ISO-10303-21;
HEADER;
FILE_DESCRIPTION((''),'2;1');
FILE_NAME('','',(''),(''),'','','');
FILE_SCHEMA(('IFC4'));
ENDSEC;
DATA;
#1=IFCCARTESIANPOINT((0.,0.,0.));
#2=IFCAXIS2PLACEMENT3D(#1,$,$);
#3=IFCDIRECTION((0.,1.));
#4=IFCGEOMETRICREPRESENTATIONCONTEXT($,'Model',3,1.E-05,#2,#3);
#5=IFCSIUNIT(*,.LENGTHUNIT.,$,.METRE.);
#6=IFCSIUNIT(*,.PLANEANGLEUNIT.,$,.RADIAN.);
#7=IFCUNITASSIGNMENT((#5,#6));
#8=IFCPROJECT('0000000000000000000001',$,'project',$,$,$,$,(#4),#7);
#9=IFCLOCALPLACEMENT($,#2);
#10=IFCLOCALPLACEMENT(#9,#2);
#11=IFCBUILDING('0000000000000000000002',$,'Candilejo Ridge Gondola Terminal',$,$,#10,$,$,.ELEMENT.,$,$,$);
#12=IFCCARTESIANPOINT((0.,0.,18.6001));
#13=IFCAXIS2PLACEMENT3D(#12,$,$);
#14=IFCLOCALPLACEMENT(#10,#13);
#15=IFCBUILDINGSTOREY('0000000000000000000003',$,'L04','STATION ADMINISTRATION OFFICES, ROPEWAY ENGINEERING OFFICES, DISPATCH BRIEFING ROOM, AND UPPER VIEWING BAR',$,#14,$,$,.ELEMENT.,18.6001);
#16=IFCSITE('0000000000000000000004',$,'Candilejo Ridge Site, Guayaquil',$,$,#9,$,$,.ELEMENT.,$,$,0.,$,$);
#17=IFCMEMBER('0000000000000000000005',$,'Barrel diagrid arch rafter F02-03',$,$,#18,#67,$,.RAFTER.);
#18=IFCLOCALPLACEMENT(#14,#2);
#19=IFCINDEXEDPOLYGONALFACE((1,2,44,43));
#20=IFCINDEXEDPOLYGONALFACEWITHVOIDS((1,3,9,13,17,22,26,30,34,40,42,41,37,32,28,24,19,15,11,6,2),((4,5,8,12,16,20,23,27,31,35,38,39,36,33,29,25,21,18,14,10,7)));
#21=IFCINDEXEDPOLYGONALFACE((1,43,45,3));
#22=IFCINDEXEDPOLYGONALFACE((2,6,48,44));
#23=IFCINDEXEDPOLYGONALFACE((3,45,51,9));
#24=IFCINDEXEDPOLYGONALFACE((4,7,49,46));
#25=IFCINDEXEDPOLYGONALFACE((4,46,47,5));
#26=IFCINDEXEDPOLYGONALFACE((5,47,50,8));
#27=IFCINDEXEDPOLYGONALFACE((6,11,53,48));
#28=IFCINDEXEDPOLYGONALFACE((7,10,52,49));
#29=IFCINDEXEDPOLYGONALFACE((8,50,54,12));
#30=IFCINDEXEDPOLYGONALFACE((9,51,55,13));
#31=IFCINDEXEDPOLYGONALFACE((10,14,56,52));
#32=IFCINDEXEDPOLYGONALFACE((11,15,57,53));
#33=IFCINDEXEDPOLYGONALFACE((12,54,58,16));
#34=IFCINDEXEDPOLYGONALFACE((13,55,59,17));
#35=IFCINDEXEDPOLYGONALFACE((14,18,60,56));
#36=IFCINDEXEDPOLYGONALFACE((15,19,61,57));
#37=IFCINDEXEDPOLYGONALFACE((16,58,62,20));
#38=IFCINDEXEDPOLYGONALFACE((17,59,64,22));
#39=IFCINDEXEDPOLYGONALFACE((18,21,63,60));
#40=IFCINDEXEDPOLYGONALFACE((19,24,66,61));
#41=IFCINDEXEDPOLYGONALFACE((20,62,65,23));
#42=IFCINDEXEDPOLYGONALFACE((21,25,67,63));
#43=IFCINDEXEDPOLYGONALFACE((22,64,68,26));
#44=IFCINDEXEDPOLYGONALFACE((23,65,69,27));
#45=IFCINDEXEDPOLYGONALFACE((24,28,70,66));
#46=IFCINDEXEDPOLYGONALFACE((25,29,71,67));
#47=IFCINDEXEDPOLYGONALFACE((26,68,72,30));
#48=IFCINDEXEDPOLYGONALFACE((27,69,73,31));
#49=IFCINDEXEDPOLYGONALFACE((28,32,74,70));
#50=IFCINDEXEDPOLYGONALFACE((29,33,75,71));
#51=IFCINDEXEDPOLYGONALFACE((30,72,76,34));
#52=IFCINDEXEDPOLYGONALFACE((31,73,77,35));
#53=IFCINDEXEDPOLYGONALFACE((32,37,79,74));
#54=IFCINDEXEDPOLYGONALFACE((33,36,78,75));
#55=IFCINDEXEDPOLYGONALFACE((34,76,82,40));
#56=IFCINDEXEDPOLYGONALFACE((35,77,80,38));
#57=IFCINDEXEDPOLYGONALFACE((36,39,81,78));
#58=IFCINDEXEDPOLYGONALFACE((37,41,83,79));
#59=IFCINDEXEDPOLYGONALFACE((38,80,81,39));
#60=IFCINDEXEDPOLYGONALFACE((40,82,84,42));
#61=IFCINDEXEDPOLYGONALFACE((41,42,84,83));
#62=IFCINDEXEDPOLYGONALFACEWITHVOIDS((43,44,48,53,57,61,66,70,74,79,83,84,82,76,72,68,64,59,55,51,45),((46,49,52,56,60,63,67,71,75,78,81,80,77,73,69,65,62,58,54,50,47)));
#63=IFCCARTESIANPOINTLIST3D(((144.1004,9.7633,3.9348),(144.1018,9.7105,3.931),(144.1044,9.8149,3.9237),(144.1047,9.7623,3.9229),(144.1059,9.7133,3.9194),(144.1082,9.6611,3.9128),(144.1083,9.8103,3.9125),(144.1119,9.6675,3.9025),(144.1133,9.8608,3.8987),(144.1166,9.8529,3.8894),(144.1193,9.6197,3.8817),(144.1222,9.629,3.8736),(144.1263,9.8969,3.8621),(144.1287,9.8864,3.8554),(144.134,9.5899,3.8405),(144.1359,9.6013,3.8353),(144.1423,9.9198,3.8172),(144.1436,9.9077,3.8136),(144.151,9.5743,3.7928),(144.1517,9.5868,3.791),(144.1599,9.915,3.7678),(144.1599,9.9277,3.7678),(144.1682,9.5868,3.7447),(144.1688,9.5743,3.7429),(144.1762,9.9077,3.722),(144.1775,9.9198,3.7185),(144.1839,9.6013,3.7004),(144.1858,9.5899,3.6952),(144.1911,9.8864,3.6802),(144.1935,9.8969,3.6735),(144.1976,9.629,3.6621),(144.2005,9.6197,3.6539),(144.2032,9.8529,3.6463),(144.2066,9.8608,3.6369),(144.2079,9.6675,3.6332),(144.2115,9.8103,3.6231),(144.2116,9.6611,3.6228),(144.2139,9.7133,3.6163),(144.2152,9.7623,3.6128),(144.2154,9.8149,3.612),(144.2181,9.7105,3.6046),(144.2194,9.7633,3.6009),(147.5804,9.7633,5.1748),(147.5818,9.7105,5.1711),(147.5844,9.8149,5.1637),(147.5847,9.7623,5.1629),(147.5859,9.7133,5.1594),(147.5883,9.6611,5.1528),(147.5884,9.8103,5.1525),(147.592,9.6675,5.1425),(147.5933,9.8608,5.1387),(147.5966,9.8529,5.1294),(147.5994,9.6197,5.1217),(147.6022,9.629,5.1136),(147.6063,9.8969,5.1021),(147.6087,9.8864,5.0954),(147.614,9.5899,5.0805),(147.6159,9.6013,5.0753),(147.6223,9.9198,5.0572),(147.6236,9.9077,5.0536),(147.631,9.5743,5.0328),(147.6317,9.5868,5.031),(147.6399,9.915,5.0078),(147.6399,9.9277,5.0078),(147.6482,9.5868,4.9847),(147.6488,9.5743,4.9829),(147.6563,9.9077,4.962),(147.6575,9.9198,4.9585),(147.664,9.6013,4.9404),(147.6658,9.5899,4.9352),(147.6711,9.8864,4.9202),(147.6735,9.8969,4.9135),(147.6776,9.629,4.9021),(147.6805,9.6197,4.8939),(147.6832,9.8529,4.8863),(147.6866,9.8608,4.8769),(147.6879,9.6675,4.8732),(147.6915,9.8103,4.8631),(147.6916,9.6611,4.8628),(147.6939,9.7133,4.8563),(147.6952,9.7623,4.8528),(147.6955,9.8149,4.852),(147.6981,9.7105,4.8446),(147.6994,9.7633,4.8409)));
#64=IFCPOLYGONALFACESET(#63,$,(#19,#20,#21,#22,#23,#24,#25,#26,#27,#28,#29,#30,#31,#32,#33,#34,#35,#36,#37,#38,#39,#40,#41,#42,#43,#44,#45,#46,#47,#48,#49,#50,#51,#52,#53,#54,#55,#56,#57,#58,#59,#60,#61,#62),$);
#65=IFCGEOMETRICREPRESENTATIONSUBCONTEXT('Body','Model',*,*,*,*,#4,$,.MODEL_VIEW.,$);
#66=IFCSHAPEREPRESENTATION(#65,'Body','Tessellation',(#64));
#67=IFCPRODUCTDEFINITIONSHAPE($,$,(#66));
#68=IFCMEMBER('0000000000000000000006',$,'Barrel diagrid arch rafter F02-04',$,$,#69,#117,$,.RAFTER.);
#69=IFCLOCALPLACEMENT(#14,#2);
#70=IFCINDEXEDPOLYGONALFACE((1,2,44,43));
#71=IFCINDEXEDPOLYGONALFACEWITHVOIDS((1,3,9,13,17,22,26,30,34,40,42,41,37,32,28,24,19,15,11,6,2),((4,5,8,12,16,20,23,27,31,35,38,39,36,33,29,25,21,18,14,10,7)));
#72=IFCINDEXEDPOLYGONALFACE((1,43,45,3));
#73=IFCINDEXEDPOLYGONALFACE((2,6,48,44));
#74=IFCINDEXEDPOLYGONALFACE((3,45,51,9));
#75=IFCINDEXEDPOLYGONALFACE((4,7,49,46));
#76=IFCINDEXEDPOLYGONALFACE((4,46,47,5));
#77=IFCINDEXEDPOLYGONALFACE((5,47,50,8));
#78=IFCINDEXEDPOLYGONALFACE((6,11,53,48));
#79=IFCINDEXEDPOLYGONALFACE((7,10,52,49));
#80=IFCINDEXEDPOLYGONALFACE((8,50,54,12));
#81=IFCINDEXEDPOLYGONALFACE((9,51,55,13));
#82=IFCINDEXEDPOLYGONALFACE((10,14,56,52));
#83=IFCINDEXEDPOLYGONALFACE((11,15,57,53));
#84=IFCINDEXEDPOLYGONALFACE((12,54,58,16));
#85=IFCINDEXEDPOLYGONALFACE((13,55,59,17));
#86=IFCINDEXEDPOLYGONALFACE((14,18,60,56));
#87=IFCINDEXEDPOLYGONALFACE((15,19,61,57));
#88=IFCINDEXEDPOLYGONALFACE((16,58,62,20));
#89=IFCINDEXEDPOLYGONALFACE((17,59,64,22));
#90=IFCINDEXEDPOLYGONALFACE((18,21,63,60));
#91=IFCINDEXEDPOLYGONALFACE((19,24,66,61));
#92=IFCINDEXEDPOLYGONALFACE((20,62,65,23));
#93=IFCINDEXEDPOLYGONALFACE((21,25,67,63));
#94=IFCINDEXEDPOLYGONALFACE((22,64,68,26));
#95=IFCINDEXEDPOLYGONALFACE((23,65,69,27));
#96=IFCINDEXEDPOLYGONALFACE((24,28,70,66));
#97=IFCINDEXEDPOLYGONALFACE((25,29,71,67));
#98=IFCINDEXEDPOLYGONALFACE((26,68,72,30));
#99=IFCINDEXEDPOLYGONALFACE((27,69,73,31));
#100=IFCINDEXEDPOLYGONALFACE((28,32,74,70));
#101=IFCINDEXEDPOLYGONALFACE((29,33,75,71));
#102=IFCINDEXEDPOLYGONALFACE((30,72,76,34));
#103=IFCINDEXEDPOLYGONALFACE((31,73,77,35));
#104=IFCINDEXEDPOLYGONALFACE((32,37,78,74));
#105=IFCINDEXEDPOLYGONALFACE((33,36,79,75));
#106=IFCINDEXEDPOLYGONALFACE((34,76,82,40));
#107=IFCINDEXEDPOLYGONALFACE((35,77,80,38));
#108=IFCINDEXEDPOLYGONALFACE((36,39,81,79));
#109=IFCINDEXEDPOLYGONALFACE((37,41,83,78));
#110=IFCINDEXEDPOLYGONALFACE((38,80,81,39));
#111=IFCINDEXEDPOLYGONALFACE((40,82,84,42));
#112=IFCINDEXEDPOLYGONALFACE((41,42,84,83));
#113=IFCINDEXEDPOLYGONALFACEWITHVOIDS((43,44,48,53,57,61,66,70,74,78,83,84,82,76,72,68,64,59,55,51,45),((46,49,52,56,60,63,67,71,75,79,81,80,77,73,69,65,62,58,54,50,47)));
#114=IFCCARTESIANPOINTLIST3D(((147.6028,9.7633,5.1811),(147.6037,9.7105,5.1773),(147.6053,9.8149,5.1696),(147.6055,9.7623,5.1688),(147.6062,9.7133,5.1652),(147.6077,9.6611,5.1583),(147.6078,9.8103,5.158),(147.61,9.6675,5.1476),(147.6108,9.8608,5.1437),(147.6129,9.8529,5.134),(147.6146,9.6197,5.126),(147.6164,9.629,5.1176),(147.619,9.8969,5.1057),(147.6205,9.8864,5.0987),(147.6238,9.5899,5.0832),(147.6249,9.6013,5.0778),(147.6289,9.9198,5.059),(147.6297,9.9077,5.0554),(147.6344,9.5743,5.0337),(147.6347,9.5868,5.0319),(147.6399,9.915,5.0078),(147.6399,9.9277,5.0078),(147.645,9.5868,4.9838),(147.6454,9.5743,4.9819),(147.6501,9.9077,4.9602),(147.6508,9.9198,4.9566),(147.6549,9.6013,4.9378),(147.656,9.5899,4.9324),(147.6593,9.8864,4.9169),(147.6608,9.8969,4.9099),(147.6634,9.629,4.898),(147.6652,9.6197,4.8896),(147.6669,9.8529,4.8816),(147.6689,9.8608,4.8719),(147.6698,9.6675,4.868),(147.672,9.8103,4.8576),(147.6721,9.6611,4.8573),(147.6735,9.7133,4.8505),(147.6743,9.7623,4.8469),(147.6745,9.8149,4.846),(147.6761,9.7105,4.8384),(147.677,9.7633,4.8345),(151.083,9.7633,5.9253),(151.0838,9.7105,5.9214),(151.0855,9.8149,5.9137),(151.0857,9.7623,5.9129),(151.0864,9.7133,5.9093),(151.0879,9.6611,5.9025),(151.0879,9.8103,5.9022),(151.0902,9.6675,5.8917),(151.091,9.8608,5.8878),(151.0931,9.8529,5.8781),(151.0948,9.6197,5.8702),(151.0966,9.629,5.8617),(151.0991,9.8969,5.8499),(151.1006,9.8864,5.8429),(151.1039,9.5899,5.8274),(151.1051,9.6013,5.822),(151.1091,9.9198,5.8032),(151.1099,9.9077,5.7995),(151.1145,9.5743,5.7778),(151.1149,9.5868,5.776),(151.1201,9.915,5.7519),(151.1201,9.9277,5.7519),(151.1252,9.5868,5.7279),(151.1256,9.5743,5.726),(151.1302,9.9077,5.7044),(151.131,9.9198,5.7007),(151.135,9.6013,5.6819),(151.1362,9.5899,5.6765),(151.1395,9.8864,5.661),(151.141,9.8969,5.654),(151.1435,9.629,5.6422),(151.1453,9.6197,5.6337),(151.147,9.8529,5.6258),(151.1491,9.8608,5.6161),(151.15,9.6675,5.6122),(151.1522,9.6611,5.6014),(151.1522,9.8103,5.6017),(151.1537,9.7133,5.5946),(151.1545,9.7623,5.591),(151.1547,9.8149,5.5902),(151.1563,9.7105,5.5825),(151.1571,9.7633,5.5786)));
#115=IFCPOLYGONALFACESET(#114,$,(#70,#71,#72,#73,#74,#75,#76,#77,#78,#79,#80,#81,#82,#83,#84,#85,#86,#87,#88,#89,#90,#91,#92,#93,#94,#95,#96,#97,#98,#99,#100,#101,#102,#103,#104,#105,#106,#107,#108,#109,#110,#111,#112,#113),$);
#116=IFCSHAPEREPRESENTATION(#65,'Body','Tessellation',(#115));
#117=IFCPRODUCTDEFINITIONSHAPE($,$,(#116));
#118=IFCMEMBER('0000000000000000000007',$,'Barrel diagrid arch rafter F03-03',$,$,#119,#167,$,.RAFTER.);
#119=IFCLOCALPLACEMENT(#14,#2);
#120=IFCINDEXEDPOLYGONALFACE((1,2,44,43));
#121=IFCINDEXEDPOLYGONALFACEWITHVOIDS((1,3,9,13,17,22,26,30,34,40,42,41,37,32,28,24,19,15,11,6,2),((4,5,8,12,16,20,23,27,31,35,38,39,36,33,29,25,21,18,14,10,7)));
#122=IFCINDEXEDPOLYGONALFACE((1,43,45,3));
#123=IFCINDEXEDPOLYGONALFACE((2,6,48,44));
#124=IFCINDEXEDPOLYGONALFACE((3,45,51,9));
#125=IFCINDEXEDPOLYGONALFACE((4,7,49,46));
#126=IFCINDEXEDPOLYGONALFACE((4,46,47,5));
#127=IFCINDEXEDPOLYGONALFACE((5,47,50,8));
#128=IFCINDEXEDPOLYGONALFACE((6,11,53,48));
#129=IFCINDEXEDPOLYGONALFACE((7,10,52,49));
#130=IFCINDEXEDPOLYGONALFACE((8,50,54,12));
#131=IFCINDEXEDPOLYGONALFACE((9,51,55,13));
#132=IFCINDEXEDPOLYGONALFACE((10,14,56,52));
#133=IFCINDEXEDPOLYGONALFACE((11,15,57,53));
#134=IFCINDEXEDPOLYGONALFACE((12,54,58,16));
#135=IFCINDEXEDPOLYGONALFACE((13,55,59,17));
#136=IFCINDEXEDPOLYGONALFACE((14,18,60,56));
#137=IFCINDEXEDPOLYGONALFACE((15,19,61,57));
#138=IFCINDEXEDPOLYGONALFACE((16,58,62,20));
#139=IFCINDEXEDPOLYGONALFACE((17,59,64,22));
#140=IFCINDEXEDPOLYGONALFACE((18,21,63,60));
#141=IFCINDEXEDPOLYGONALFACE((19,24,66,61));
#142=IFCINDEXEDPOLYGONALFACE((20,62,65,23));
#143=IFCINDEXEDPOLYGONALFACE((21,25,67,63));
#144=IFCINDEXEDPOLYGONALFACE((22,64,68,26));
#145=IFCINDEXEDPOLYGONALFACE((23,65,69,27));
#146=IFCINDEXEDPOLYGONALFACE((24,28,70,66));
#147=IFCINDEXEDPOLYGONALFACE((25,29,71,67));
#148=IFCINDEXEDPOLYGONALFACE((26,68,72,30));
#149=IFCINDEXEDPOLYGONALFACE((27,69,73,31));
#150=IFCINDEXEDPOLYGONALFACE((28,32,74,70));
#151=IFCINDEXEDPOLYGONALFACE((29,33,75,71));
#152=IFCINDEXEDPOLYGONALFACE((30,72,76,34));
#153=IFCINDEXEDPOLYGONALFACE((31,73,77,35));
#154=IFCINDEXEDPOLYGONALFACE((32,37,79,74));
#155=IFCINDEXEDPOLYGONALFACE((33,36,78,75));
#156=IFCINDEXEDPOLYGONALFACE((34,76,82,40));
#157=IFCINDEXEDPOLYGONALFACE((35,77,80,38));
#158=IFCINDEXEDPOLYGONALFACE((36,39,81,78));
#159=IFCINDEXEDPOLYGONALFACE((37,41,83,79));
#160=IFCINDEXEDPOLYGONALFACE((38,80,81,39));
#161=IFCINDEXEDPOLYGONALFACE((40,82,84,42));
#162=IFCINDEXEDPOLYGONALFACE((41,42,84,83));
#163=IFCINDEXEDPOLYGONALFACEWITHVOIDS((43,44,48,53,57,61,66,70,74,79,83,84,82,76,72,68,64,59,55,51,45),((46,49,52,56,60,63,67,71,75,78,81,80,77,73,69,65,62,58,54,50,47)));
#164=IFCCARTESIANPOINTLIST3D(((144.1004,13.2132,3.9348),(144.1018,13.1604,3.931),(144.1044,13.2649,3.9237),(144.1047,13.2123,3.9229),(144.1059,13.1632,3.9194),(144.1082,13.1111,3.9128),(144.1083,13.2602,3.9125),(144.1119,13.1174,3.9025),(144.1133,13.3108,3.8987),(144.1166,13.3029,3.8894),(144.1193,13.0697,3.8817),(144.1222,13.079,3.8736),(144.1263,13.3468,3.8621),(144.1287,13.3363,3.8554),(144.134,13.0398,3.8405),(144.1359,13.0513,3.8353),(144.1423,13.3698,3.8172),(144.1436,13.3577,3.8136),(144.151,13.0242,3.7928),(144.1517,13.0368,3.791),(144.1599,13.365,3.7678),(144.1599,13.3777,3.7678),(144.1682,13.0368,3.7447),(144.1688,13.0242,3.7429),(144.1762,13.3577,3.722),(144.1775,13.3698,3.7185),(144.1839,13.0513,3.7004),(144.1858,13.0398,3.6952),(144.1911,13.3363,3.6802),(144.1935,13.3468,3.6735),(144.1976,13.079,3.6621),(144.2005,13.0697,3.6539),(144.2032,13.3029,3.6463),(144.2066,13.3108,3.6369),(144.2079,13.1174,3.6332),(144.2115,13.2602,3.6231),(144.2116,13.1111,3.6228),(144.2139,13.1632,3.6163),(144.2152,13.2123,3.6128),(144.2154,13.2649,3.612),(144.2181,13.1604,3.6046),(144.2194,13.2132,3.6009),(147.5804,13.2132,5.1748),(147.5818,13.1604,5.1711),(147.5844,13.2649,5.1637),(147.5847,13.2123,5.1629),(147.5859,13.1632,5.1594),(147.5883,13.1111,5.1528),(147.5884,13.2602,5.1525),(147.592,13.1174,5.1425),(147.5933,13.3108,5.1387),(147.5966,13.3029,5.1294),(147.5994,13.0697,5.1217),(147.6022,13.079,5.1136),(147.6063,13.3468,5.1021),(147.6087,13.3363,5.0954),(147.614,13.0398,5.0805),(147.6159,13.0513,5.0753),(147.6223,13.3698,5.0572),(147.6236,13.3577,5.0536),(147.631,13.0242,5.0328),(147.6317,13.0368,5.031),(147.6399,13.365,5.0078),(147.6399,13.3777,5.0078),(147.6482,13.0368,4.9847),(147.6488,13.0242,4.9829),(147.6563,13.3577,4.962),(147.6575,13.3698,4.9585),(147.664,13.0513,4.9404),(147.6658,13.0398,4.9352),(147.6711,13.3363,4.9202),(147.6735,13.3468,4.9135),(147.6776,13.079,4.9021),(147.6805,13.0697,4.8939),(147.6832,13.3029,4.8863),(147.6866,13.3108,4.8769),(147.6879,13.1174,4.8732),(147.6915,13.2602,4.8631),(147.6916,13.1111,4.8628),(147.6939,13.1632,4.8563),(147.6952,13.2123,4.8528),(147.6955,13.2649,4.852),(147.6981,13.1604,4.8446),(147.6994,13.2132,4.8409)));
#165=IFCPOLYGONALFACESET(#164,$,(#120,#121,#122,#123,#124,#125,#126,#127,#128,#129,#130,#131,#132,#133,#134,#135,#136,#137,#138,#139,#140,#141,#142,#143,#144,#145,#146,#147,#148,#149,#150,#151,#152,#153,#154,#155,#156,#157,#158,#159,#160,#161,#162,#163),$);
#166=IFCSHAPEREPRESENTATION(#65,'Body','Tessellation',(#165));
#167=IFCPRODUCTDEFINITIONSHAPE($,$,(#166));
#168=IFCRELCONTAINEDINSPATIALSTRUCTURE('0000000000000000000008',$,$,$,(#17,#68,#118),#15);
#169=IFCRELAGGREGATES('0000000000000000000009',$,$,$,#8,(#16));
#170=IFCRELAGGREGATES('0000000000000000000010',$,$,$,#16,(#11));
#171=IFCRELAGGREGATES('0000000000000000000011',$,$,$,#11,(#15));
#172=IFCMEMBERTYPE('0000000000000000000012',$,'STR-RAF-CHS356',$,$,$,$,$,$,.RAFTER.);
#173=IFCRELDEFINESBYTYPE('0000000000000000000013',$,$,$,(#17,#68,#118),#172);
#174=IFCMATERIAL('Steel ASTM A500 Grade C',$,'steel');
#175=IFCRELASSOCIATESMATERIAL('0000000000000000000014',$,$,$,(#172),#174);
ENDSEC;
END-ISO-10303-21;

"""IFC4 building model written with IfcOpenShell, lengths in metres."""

from ifc_helpers import new_model, si_unit, direction, frame, origin, origin_2d, place, context, subcontext, project, spatial, hollow_circle, extrude, material, material_profile, profile_set, type_object, element, save


model = new_model("IFC4")

# Units and contexts
model_context = context("Model", 3, precision=1e-05, world=origin(), true_north=direction((0.0, 1.0)))
body_context = subcontext(model_context, "Body", "Model", "MODEL_VIEW")
ifc_project = project(units=[si_unit("LENGTHUNIT", "METRE"), si_unit("PLANEANGLEUNIT", "RADIAN")], contexts=[model_context])

# Site, building, storey
site_placement = place(None, origin())
site = spatial("IfcSite", under=ifc_project, at=site_placement, Name="Candilejo Ridge Site, Guayaquil", CompositionType="ELEMENT", RefElevation=0.0)
building_placement = place(site_placement, origin())
building = spatial("IfcBuilding", under=site, at=building_placement, Name="Candilejo Ridge Gondola Terminal", CompositionType="ELEMENT")
storey_placement = place(building_placement, frame((0.0, 0.0, 18.6001)))
storey = spatial("IfcBuildingStorey", under=building, at=storey_placement, Name="L04", Description="STATION ADMINISTRATION OFFICES, ROPEWAY ENGINEERING OFFICES, DISPATCH BRIEFING ROOM, AND UPPER VIEWING BAR", CompositionType="ELEMENT", Elevation=18.6001)

# Members
ifc_material_1 = material(Name="Steel ASTM A500 Grade C", Category="steel")
ifc_material_profile_1 = material_profile(ifc_material_1, hollow_circle(Radius=0.1777, WallThickness=0.0127, at=origin_2d()))
ifc_profile_set_1 = profile_set([ifc_material_profile_1], Name="Steel ASTM A500 Grade C")
member_type_1 = type_object("IfcMemberType", Name="STR-RAF-CHS356", PredefinedType="RAFTER", material=ifc_profile_set_1)
member_1_placement = place(storey_placement, frame((144.1599, 9.75, 3.7678), z_axis=(0.941987, 0.0, 0.33565), x_axis=(0.0, 1.0, 0.0)))
element("IfcMember", 1, at=member_1_placement, inside=storey, type_object=member_type_1, Name="Barrel diagrid arch rafter F02-03", PredefinedType="RAFTER", context=body_context, shape_type="SweptSolid", body=[
    extrude(hollow_circle(Radius=0.1777, WallThickness=0.0127, at=origin_2d()), origin(), (0.0, 0.0, 1.0), 3.6943),
])
member_2_placement = place(storey_placement, frame((147.6399, 9.75, 5.0078), z_axis=(0.977896, 0.0, 0.209093), x_axis=(0.0, 1.0, 0.0)))
element("IfcMember", 2, at=member_2_placement, inside=storey, type_object=member_type_1, Name="Barrel diagrid arch rafter F02-04", PredefinedType="RAFTER", context=body_context, shape_type="SweptSolid", body=[
    extrude(hollow_circle(Radius=0.1777, WallThickness=0.0127, at=origin_2d()), origin(), (0.0, 0.0, 1.0), 3.5588),
])
member_3_placement = place(storey_placement, frame((144.1599, 13.2, 3.7678), z_axis=(0.941987, 0.0, 0.33565), x_axis=(0.0, 1.0, 0.0)))
element("IfcMember", 3, at=member_3_placement, inside=storey, type_object=member_type_1, Name="Barrel diagrid arch rafter F03-03", PredefinedType="RAFTER", context=body_context, shape_type="SweptSolid", body=[
    extrude(hollow_circle(Radius=0.1777, WallThickness=0.0127, at=origin_2d()), origin(), (0.0, 0.0, 1.0), 3.6943),
])

save(model, "model.ifc")
